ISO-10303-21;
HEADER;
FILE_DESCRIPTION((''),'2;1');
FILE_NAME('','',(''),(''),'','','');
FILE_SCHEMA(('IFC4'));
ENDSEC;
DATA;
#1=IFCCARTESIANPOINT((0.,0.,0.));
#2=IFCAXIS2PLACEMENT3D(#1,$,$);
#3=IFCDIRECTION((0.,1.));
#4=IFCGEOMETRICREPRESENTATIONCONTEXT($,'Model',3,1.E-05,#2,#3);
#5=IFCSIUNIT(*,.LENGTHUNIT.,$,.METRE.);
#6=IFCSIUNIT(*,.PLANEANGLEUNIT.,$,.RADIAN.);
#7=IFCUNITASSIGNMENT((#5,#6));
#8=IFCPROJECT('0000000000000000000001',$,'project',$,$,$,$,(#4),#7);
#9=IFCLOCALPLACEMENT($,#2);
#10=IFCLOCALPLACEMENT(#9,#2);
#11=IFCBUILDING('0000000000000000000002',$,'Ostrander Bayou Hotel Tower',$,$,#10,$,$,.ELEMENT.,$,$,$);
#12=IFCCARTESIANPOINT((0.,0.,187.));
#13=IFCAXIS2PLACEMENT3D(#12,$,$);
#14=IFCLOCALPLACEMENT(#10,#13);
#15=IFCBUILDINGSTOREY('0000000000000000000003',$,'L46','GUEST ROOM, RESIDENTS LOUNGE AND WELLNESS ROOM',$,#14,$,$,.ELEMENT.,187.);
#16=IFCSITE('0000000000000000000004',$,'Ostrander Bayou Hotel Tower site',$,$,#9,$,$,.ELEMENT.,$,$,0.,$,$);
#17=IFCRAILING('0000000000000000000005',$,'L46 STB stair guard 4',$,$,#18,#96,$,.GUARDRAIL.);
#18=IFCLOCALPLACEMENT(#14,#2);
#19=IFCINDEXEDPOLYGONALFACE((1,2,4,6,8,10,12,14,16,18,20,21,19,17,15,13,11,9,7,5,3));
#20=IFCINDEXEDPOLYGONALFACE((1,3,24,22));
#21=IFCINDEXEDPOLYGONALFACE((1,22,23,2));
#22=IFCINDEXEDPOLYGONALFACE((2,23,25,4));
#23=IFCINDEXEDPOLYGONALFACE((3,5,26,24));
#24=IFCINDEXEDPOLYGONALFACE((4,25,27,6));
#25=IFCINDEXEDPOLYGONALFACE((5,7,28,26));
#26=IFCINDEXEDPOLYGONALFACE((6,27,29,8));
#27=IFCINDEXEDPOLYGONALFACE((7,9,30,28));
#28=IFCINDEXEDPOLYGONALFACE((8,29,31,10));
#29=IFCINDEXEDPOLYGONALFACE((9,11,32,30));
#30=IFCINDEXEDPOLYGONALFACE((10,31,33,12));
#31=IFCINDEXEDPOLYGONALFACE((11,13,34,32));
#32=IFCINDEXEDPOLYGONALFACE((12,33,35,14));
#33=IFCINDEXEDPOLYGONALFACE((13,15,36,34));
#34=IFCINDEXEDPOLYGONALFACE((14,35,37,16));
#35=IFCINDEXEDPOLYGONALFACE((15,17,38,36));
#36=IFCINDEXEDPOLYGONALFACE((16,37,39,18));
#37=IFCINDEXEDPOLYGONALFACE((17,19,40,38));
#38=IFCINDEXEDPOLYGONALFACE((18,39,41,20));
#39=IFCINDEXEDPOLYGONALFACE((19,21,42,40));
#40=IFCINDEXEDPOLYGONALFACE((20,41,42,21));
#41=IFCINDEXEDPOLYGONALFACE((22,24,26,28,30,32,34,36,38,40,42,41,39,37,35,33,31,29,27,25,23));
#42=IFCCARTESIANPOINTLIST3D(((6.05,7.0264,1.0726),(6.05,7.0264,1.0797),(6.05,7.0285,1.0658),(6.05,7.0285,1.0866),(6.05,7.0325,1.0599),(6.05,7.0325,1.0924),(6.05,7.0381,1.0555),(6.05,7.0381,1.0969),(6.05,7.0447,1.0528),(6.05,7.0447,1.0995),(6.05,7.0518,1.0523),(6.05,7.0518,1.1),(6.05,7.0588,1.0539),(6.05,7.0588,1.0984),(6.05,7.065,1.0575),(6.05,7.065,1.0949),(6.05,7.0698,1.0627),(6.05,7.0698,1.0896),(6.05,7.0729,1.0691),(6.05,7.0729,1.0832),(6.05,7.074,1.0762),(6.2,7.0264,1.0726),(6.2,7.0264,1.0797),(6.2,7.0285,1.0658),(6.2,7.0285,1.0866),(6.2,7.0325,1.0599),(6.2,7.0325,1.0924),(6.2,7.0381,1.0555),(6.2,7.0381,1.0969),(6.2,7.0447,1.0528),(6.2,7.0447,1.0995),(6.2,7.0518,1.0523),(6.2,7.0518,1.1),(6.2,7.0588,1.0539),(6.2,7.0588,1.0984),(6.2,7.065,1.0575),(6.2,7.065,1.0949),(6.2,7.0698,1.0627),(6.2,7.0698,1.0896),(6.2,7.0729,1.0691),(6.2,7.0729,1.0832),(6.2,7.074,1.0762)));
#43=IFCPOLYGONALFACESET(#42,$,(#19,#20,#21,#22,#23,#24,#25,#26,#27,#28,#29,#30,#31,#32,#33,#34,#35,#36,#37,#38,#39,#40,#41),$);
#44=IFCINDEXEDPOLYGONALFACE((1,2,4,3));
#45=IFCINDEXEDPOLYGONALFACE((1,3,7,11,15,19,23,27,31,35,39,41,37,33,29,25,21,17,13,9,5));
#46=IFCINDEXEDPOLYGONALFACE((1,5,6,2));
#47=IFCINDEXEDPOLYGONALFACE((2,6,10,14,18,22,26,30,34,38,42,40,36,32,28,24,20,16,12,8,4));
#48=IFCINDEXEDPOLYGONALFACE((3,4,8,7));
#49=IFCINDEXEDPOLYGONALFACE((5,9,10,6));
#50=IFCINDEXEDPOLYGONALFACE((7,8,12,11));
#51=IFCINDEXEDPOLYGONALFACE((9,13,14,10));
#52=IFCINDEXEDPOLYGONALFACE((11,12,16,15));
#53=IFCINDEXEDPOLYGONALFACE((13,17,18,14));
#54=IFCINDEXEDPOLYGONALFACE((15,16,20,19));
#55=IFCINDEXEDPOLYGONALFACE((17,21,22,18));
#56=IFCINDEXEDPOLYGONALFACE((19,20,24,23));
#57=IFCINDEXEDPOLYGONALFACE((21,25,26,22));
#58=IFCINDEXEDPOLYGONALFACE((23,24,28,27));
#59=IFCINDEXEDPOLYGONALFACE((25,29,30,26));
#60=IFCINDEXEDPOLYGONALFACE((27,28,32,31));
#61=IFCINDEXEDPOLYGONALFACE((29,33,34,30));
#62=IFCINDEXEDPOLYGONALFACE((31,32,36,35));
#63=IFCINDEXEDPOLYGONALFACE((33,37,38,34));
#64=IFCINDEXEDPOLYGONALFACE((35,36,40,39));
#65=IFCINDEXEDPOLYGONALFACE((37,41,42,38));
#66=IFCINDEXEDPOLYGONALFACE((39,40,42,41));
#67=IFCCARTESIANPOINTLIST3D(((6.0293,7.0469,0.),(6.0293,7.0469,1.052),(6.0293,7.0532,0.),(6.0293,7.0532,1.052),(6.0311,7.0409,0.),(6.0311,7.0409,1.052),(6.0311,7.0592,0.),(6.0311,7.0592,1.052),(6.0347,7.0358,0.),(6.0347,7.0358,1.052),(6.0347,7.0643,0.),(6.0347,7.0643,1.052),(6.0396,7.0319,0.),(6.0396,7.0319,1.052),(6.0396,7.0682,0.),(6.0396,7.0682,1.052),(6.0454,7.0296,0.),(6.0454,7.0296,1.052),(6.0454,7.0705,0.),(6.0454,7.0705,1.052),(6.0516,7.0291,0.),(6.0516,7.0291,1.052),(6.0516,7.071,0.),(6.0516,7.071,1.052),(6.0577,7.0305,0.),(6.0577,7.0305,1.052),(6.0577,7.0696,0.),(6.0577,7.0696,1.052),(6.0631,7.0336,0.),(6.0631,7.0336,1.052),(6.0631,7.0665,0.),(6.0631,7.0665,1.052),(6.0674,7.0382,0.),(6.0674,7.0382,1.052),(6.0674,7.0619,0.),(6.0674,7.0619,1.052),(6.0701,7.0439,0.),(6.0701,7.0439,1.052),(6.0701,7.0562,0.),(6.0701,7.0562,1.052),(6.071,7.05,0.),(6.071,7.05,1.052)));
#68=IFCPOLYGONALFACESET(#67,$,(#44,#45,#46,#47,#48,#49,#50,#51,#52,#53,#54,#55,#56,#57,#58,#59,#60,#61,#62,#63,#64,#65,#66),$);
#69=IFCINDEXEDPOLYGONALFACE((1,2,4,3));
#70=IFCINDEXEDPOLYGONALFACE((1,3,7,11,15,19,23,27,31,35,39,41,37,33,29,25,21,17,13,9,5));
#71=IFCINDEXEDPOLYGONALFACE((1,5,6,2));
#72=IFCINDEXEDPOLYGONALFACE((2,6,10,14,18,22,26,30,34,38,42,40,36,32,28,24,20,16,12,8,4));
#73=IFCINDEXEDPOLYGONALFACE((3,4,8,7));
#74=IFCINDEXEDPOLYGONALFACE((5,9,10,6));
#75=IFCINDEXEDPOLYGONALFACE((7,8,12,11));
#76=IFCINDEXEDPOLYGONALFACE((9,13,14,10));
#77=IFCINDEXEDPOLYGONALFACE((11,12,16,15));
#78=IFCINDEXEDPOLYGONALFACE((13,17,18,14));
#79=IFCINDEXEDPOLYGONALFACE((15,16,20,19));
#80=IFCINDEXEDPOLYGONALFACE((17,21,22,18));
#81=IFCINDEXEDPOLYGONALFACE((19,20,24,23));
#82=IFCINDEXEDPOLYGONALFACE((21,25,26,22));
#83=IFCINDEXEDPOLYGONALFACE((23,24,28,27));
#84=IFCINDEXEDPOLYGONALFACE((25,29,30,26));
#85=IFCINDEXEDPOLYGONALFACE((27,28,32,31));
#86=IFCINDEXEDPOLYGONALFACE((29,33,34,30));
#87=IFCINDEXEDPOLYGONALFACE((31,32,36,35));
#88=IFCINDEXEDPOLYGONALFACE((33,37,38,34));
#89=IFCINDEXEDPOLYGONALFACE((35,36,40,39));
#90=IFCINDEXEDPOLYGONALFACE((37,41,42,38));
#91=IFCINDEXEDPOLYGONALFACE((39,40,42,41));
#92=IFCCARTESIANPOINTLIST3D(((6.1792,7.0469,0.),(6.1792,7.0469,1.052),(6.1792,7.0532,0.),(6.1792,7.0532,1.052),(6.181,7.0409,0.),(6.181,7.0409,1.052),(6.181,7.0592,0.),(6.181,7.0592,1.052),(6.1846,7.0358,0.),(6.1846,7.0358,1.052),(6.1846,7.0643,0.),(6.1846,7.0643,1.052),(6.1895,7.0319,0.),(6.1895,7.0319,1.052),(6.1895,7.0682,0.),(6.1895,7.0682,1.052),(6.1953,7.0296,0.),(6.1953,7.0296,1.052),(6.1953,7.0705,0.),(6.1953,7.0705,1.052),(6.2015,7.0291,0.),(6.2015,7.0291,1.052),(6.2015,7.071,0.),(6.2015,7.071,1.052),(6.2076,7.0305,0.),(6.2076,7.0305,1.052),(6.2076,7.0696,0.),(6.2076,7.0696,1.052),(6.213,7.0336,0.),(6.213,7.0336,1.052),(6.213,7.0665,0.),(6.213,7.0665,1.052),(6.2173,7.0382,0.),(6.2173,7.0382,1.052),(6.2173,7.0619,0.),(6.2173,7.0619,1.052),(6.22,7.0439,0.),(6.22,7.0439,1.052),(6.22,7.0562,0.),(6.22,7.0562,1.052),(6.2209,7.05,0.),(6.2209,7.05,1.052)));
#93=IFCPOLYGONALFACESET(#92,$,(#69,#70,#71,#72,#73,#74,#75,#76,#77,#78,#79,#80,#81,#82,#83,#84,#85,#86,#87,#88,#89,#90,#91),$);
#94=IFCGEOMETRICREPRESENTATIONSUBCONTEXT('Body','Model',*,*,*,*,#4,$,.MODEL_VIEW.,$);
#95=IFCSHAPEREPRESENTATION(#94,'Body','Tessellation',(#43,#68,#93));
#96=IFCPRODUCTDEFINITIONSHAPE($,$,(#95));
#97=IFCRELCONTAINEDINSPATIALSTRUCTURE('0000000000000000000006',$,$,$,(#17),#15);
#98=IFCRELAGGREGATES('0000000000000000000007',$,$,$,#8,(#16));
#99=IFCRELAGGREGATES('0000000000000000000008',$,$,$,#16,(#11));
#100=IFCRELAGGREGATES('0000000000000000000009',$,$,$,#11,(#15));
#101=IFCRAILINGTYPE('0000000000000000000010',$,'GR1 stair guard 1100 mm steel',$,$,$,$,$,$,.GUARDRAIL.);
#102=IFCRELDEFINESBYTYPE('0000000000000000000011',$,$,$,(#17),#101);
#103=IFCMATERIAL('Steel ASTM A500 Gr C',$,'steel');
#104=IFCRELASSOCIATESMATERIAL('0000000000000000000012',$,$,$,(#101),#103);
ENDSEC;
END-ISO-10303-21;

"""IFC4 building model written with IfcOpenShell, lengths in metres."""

from ifc_helpers import new_model, si_unit, direction, frame, origin, origin_2d, place, context, subcontext, project, spatial, circle, extrude, material, type_object, element, save


model = new_model("IFC4")

# Units and contexts
model_context = context("Model", 3, precision=1e-05, world=origin(), true_north=direction((0.0, 1.0)))
body_context = subcontext(model_context, "Body", "Model", "MODEL_VIEW")
ifc_project = project(units=[si_unit("LENGTHUNIT", "METRE"), si_unit("PLANEANGLEUNIT", "RADIAN")], contexts=[model_context])

# Site, building, storey
site_placement = place(None, origin())
site = spatial("IfcSite", under=ifc_project, at=site_placement, Name="Ostrander Bayou Hotel Tower site", CompositionType="ELEMENT", RefElevation=0.0)
building_placement = place(site_placement, origin())
building = spatial("IfcBuilding", under=site, at=building_placement, Name="Ostrander Bayou Hotel Tower", CompositionType="ELEMENT")
storey_placement = place(building_placement, frame((0.0, 0.0, 187.0)))
storey = spatial("IfcBuildingStorey", under=building, at=storey_placement, Name="L46", Description="GUEST ROOM, RESIDENTS LOUNGE AND WELLNESS ROOM", CompositionType="ELEMENT", Elevation=187.0)

# Railing
ifc_material_1 = material(Name="Steel ASTM A500 Gr C", Category="steel")
railing_type_1 = type_object("IfcRailingType", Name="GR1 stair guard 1100 mm steel", PredefinedType="GUARDRAIL", material=ifc_material_1)
railing_1_placement = place(storey_placement, frame((6.05, 7.05, 0.0)))
element("IfcRailing", 1, at=railing_1_placement, inside=storey, type_object=railing_type_1, Name="L46 STB stair guard 4", PredefinedType="GUARDRAIL", context=body_context, shape_type="SweptSolid", body=[
    extrude(circle(Radius=0.0239, at=origin_2d()), frame((0.0, 0.0, 1.0762), z_axis=(1.0, 0.0, 0.0), x_axis=(0.0, 1.0, 0.0)), (0.0, 0.0, 1.0), 0.1499),
    extrude(circle(Radius=0.021, at=origin_2d()), origin(), (0.0, 0.0, 1.0), 1.052),
    extrude(circle(Radius=0.021, at=origin_2d()), frame((0.1499, 0.0, 0.0)), (0.0, 0.0, 1.0), 1.052),
])

save(model, "model.ifc")
